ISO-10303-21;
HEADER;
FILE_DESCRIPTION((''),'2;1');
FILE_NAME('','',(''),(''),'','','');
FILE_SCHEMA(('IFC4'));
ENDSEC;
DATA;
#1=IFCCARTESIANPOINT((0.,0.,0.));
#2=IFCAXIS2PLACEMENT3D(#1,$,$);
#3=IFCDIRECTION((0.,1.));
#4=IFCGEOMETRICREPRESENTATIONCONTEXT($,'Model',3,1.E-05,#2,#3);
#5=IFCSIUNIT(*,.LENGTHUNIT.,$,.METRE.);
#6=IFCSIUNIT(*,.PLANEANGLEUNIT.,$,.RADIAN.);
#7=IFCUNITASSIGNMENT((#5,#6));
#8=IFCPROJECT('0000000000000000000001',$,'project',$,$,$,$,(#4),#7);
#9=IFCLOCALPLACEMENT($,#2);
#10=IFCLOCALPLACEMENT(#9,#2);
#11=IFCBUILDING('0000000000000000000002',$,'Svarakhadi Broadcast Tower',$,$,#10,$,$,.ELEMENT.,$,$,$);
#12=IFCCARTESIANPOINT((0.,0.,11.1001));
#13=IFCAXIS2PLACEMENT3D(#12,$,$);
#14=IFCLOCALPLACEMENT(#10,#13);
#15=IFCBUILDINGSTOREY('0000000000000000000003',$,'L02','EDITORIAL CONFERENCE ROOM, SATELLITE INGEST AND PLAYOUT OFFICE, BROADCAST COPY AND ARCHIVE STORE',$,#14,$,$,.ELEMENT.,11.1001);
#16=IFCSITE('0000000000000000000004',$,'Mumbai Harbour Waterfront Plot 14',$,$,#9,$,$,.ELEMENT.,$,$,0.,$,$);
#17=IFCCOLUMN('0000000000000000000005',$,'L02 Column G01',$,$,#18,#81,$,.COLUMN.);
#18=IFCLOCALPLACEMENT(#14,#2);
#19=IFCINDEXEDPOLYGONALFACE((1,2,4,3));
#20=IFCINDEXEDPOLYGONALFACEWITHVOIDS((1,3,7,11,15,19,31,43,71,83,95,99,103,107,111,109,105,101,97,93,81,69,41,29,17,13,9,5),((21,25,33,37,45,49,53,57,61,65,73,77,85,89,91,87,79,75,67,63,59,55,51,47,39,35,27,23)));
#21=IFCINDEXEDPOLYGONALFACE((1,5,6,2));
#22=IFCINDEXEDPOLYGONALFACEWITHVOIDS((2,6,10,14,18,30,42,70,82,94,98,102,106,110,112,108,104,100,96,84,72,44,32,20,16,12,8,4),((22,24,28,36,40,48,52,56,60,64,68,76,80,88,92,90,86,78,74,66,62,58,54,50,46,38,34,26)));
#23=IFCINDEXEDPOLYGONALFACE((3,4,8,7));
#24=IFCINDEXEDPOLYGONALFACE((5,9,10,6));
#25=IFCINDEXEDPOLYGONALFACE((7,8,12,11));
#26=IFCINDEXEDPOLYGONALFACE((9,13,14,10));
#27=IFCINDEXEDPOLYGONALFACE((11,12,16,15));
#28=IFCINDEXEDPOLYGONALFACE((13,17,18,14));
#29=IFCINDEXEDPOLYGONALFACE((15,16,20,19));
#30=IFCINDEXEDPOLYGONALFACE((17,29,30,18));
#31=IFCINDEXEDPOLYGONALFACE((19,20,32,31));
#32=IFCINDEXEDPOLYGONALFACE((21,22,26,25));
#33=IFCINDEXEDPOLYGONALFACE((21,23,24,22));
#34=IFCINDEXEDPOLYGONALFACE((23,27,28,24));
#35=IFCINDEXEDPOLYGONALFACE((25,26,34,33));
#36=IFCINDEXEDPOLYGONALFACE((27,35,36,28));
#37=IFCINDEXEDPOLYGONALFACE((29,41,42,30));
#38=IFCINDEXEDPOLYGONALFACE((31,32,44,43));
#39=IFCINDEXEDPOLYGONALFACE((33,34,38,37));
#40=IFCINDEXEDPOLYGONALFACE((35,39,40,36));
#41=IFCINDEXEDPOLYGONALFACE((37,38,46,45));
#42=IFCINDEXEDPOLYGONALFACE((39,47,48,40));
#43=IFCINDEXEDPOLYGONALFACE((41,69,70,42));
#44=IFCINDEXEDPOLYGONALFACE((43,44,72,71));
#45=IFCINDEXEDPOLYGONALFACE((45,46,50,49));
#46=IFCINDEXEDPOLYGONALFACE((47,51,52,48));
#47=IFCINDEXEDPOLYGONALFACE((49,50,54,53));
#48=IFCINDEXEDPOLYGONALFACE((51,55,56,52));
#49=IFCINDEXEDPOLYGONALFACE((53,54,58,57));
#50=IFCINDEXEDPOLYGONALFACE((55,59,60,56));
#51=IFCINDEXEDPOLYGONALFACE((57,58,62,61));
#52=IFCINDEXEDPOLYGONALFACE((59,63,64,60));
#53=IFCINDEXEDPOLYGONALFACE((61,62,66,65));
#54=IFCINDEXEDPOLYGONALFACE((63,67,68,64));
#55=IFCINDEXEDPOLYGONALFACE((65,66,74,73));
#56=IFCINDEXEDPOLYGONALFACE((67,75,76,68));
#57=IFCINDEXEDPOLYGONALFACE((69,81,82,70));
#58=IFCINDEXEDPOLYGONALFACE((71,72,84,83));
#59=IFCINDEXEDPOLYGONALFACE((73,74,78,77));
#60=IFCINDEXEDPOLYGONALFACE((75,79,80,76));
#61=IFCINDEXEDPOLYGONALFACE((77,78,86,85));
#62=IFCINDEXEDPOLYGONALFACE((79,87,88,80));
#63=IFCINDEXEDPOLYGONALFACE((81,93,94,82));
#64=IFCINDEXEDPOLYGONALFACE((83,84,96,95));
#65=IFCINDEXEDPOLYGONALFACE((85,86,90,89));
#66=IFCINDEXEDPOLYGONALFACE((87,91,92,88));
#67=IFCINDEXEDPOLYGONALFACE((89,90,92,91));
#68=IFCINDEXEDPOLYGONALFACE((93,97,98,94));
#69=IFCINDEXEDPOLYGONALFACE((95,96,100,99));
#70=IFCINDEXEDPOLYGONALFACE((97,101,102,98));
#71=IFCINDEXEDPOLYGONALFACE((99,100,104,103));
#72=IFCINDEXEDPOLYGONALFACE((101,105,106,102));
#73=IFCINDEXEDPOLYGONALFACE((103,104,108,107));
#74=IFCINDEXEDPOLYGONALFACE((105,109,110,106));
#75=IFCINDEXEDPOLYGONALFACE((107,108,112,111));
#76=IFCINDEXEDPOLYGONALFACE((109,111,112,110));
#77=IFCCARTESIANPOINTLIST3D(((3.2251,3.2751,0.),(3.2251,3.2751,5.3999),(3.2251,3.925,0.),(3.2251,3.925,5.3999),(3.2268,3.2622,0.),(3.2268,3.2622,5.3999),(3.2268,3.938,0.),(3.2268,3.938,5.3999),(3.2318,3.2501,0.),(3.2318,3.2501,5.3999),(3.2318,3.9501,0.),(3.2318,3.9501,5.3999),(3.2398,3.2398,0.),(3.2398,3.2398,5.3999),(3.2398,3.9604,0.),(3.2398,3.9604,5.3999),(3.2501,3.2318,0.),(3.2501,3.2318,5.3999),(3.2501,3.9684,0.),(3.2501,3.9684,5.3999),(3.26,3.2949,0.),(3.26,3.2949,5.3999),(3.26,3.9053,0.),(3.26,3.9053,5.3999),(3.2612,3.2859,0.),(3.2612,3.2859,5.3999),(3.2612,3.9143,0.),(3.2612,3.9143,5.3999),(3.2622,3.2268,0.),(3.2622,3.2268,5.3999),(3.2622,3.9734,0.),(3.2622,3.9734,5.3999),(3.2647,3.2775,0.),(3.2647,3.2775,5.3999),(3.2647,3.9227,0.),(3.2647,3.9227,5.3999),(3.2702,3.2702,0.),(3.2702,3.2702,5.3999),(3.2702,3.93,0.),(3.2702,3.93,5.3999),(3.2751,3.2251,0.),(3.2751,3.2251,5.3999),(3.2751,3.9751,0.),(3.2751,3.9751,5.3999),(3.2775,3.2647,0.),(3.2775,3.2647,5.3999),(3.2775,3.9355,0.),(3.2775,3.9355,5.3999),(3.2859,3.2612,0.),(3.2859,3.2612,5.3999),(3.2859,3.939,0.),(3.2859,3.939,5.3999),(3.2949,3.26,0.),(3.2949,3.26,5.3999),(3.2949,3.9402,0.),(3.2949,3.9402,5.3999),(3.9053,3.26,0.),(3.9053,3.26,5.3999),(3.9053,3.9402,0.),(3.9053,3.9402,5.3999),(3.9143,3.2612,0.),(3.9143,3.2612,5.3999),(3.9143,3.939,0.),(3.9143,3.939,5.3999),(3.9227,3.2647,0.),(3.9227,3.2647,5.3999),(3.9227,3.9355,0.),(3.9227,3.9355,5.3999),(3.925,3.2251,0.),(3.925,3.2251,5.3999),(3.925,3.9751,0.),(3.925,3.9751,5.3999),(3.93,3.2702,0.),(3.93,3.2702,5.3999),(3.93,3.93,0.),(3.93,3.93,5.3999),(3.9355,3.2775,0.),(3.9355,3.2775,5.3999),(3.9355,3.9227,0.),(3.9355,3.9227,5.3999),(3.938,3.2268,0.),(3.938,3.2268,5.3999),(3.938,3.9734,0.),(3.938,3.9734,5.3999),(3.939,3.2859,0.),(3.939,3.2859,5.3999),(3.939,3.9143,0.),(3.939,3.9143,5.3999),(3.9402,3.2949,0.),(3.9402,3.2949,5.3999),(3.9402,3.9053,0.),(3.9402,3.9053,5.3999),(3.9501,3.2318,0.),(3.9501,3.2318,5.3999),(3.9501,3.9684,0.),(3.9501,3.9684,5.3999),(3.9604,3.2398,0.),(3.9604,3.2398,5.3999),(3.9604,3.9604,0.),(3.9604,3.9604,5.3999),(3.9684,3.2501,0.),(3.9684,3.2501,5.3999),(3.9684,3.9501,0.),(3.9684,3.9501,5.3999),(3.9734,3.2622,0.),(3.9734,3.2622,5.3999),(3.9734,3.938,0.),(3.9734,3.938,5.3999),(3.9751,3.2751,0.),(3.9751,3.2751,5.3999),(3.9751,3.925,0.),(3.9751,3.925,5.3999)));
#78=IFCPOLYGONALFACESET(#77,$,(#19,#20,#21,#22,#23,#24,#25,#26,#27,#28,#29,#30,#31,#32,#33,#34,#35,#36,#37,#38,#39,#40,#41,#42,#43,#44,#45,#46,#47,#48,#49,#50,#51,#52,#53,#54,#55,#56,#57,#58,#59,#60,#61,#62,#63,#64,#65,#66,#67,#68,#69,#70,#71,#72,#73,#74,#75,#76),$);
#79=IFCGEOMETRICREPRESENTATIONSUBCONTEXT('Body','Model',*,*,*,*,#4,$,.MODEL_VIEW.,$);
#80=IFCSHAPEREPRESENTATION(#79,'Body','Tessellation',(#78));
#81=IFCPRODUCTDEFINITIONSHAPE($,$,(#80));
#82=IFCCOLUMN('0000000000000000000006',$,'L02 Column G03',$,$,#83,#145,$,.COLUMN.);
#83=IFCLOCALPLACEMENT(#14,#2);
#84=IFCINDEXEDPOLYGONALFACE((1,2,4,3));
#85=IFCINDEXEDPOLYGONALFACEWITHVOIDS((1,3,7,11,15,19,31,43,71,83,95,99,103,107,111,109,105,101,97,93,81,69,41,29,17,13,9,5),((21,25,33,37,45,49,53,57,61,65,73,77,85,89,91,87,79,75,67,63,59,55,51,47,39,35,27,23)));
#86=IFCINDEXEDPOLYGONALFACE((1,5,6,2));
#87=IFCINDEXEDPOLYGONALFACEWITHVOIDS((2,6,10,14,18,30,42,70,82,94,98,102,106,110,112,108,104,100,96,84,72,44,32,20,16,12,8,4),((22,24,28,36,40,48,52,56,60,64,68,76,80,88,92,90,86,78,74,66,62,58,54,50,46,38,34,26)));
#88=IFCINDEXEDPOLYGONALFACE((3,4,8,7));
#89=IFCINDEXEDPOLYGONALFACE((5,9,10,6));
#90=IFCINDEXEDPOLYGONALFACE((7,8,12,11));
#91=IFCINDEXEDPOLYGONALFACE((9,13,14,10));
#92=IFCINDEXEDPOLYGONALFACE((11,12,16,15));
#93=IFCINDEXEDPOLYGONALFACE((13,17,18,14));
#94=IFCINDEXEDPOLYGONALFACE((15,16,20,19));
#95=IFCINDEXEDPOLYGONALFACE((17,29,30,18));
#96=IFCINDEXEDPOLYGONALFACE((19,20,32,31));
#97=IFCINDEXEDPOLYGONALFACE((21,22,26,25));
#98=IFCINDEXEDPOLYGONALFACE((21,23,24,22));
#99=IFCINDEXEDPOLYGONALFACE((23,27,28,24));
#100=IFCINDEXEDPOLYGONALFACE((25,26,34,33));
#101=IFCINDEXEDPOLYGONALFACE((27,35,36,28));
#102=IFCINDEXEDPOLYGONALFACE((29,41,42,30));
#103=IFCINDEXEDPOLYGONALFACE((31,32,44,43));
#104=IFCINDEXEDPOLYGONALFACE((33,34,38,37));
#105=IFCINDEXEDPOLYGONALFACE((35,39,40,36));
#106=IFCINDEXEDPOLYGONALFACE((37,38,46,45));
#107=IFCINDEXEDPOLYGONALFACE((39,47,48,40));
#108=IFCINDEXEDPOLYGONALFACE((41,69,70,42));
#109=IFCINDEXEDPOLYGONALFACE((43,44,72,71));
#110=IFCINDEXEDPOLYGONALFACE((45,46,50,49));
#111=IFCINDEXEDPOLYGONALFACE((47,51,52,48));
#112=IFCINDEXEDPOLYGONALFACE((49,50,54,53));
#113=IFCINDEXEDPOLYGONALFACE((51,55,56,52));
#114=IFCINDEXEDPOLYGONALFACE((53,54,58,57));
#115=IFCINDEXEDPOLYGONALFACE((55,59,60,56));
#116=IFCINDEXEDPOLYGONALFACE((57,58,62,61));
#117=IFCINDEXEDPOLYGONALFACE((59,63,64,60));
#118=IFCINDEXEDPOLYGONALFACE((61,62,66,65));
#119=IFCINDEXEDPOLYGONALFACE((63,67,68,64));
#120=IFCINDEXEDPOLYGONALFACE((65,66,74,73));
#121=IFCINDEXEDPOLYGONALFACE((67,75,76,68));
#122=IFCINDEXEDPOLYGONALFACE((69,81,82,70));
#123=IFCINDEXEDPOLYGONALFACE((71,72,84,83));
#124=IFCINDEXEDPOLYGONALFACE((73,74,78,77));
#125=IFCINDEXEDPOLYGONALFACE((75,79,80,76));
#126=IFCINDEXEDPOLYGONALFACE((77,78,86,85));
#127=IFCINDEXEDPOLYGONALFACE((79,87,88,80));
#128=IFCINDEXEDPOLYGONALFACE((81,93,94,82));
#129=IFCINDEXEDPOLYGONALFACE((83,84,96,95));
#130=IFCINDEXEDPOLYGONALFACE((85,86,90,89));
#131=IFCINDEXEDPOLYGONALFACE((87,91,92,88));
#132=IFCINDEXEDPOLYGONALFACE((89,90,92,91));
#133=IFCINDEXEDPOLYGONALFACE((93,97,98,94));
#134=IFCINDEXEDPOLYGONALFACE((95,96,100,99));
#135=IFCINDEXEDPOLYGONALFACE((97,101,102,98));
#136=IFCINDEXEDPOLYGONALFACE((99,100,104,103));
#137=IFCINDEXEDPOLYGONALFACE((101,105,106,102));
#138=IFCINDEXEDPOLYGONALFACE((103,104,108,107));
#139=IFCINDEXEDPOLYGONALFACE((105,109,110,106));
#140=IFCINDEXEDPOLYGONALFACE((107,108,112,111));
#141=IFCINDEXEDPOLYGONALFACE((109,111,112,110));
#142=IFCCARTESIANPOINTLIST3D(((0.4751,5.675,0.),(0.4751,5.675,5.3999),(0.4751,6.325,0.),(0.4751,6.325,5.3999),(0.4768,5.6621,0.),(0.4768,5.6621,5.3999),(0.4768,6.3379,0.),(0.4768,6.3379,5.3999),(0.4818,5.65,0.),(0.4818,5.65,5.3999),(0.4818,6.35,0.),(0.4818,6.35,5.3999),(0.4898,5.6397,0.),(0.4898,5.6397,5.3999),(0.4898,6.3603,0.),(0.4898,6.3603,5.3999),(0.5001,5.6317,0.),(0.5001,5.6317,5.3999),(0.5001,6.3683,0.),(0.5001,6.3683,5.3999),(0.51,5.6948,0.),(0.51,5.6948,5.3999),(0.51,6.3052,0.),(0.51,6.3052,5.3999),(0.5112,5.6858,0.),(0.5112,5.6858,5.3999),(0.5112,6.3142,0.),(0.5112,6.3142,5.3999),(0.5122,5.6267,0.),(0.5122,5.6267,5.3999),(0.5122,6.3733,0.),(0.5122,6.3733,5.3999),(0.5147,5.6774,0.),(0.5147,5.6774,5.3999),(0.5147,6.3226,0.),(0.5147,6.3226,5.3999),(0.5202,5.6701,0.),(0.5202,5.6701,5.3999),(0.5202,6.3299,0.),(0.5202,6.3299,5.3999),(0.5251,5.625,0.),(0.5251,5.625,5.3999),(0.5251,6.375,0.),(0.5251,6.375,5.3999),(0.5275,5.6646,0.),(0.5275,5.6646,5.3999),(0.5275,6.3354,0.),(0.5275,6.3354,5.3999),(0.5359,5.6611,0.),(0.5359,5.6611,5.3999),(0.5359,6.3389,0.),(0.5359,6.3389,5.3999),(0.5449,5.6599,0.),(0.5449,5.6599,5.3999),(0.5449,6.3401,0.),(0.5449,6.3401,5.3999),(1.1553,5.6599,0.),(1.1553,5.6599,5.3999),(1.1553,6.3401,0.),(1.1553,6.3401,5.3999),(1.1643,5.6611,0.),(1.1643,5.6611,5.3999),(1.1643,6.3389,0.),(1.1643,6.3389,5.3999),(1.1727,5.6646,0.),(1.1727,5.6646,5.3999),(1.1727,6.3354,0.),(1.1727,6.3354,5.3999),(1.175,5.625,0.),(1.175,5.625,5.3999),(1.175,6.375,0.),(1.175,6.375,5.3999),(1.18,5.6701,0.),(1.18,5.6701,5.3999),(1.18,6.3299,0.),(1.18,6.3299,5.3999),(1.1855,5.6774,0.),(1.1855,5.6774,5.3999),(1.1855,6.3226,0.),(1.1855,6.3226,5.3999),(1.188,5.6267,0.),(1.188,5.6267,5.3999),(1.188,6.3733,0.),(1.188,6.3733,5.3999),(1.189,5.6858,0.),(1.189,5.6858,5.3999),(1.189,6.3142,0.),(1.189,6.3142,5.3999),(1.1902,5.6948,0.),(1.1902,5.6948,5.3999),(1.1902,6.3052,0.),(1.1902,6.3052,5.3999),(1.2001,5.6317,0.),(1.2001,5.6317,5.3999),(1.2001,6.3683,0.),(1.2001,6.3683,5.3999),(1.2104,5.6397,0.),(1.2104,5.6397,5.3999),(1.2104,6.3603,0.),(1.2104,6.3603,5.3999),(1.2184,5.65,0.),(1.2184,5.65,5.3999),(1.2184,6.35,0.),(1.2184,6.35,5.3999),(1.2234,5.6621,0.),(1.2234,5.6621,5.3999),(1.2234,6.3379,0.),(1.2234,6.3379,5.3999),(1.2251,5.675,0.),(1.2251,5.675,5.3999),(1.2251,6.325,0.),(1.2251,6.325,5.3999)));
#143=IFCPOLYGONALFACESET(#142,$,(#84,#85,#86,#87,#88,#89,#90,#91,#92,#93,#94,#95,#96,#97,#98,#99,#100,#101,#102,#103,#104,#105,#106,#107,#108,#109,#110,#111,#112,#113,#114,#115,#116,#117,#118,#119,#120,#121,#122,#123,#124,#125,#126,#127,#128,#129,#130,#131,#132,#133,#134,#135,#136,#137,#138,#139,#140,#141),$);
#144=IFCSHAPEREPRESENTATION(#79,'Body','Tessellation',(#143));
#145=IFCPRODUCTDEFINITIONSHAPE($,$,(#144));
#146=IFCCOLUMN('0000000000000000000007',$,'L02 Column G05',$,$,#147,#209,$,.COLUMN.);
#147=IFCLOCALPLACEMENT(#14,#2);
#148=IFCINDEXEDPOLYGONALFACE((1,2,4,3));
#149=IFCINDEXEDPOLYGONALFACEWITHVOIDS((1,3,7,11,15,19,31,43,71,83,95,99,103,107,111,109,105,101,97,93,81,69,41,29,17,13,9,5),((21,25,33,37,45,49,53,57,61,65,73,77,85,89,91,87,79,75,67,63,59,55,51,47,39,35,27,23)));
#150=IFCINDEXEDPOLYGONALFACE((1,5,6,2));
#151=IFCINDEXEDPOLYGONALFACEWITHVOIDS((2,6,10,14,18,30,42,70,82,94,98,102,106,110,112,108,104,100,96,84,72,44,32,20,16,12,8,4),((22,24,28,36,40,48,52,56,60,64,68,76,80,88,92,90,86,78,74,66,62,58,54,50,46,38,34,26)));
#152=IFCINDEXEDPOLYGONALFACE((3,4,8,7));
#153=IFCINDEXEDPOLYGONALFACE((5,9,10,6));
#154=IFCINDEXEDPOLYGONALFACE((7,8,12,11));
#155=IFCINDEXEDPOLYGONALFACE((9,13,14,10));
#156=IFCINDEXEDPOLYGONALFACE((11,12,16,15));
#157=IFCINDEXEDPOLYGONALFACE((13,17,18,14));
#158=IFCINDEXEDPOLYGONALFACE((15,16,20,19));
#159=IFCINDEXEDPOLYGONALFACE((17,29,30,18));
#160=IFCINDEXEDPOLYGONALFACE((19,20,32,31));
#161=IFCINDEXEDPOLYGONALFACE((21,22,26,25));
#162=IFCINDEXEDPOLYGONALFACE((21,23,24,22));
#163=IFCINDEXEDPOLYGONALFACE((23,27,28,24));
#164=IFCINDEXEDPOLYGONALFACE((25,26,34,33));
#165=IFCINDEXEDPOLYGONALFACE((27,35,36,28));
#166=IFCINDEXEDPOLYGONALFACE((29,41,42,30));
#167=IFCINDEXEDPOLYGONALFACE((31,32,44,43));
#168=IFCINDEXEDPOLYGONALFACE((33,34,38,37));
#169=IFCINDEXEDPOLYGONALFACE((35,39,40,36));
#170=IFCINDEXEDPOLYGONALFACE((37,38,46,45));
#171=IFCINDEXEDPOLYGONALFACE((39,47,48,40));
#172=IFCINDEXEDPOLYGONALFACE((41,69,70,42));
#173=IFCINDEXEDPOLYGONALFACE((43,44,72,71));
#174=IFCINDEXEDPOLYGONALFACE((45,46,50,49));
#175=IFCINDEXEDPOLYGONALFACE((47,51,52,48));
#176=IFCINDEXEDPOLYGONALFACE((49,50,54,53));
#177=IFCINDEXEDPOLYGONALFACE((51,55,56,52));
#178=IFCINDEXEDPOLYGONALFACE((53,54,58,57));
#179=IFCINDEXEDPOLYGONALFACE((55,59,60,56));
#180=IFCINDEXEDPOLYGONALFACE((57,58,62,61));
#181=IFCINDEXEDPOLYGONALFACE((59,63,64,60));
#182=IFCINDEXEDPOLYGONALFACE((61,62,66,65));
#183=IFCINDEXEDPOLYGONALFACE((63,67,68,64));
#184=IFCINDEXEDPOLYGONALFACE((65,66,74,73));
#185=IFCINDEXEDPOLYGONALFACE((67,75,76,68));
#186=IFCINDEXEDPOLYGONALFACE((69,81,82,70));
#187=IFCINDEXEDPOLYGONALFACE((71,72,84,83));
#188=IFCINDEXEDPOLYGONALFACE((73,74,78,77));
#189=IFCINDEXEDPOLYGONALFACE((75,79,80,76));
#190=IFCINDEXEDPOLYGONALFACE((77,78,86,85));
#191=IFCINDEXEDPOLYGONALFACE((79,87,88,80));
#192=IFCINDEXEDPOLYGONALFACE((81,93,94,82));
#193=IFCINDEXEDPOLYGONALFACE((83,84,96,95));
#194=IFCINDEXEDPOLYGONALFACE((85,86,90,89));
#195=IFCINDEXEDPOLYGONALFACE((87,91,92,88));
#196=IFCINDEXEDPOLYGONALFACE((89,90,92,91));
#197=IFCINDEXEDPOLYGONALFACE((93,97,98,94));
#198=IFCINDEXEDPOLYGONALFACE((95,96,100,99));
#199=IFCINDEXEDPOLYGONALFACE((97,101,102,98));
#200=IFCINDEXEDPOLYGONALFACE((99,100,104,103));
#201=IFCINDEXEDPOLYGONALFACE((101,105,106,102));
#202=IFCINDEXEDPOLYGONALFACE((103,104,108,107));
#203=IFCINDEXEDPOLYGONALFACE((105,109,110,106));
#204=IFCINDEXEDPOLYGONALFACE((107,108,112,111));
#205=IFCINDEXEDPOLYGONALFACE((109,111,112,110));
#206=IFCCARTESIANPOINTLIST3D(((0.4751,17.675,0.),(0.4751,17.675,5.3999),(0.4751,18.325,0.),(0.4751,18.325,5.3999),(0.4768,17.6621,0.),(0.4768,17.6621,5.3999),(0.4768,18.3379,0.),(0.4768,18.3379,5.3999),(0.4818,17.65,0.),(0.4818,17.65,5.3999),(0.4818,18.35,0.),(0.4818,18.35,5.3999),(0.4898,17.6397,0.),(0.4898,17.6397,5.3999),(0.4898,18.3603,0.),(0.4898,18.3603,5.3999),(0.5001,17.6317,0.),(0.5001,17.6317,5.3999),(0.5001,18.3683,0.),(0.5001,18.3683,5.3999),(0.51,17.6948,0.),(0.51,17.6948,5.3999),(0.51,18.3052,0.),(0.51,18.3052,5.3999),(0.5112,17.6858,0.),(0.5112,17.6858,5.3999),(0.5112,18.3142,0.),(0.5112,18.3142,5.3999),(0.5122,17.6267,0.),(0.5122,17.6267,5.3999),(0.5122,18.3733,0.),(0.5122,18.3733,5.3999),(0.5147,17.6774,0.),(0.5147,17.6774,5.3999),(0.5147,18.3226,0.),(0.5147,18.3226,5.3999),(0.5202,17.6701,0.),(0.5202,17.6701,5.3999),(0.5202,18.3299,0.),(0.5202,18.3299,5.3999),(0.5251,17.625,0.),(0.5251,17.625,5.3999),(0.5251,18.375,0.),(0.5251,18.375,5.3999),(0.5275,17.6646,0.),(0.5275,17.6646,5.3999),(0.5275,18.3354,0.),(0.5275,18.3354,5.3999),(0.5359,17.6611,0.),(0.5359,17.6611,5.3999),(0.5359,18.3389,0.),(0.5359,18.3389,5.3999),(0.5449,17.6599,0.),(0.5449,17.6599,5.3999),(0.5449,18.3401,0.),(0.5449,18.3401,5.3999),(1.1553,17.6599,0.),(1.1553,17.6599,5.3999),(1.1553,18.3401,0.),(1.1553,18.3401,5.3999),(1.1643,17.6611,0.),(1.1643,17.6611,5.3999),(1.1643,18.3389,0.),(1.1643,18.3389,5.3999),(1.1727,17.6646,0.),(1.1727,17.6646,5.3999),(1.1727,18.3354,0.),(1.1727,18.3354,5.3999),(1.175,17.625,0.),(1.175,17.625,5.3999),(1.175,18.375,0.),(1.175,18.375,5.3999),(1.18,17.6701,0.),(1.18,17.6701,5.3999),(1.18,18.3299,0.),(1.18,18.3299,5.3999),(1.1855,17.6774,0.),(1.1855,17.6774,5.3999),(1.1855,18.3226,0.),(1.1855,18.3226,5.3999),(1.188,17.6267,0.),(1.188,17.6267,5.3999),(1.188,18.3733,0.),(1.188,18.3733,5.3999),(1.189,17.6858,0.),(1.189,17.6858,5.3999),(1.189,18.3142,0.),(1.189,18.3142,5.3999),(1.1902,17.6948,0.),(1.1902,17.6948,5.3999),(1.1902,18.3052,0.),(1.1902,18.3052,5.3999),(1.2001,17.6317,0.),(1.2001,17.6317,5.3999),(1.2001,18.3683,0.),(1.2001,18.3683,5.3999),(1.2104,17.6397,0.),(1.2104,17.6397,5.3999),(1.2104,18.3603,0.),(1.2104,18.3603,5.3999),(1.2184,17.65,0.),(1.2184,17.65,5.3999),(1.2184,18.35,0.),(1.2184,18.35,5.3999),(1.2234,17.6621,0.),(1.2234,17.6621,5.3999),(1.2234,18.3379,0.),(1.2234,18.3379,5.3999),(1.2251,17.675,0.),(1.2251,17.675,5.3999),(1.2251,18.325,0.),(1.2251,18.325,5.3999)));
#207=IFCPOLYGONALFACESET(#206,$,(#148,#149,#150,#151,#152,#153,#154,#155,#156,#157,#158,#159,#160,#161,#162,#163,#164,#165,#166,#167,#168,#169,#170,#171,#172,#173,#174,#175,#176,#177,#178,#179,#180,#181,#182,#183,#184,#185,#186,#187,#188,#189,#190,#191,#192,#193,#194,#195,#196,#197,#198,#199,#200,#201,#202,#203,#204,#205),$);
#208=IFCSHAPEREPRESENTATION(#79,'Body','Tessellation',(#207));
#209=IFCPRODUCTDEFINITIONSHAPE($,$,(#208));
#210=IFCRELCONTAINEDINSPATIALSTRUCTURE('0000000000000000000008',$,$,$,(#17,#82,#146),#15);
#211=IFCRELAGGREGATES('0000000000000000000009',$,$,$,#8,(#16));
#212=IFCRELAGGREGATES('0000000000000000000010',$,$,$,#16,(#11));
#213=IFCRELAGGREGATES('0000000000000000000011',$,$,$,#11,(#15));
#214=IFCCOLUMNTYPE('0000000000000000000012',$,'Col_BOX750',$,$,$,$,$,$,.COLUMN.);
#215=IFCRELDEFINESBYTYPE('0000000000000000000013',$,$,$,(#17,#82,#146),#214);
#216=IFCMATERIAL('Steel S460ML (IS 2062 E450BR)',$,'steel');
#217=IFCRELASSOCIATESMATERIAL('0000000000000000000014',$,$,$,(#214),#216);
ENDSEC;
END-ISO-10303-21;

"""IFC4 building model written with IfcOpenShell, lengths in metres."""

from ifc_helpers import new_model, si_unit, direction, frame, origin, origin_2d, place, context, subcontext, project, spatial, hollow_rectangle, extrude, material, material_profile, profile_set, type_object, element, save


model = new_model("IFC4")

# Units and contexts
model_context = context("Model", 3, precision=1e-05, world=origin(), true_north=direction((0.0, 1.0)))
body_context = subcontext(model_context, "Body", "Model", "MODEL_VIEW")
ifc_project = project(units=[si_unit("LENGTHUNIT", "METRE"), si_unit("PLANEANGLEUNIT", "RADIAN")], contexts=[model_context])

# Site, building, storey
site_placement = place(None, origin())
site = spatial("IfcSite", under=ifc_project, at=site_placement, Name="Mumbai Harbour Waterfront Plot 14", CompositionType="ELEMENT", RefElevation=0.0)
building_placement = place(site_placement, origin())
building = spatial("IfcBuilding", under=site, at=building_placement, Name="Svarakhadi Broadcast Tower", CompositionType="ELEMENT")
storey_placement = place(building_placement, frame((0.0, 0.0, 11.1001)))
storey = spatial("IfcBuildingStorey", under=building, at=storey_placement, Name="L02", Description="EDITORIAL CONFERENCE ROOM, SATELLITE INGEST AND PLAYOUT OFFICE, BROADCAST COPY AND ARCHIVE STORE", CompositionType="ELEMENT", Elevation=11.1001)

# Columns
ifc_material_1 = material(Name="Steel S460ML (IS 2062 E450BR)", Category="steel")
ifc_material_profile_1 = material_profile(ifc_material_1, hollow_rectangle(XDim=0.75, YDim=0.75, WallThickness=0.0349, InnerFilletRadius=0.0349, OuterFilletRadius=0.05, at=origin_2d()), Name="BOX 750x750x35")
ifc_profile_set_1 = profile_set([ifc_material_profile_1], Name="Steel S460ML (IS 2062 E450BR)")
column_type_1 = type_object("IfcColumnType", Name="Col_BOX750", PredefinedType="COLUMN", material=ifc_profile_set_1)
for number, where, z_axis, x_axis, name in (
    (1, (3.6001, 3.6001, 0.0), (0.0, 0.0, 1.0), (1.0, 0.0, 0.0), "L02 Column G01"),
    (2, (0.8501, 6.0, 0.0), (0.0, 0.0, 1.0), (1.0, 0.0, 0.0), "L02 Column G03"),
    (3, (0.8501, 18.0, 0.0), (0.0, 0.0, 1.0), (1.0, 0.0, 0.0), "L02 Column G05"),
):
    element("IfcColumn", number, at=place(storey_placement, frame(where, z_axis=z_axis, x_axis=x_axis)), inside=storey, type_object=column_type_1, Name=name, PredefinedType="COLUMN", context=body_context, shape_type="SweptSolid", body=[
        extrude(hollow_rectangle(XDim=0.75, YDim=0.75, WallThickness=0.0349, InnerFilletRadius=0.0349, OuterFilletRadius=0.05, at=origin_2d()), origin(), (0.0, 0.0, 1.0), 5.3999),
    ])

save(model, "model.ifc")
